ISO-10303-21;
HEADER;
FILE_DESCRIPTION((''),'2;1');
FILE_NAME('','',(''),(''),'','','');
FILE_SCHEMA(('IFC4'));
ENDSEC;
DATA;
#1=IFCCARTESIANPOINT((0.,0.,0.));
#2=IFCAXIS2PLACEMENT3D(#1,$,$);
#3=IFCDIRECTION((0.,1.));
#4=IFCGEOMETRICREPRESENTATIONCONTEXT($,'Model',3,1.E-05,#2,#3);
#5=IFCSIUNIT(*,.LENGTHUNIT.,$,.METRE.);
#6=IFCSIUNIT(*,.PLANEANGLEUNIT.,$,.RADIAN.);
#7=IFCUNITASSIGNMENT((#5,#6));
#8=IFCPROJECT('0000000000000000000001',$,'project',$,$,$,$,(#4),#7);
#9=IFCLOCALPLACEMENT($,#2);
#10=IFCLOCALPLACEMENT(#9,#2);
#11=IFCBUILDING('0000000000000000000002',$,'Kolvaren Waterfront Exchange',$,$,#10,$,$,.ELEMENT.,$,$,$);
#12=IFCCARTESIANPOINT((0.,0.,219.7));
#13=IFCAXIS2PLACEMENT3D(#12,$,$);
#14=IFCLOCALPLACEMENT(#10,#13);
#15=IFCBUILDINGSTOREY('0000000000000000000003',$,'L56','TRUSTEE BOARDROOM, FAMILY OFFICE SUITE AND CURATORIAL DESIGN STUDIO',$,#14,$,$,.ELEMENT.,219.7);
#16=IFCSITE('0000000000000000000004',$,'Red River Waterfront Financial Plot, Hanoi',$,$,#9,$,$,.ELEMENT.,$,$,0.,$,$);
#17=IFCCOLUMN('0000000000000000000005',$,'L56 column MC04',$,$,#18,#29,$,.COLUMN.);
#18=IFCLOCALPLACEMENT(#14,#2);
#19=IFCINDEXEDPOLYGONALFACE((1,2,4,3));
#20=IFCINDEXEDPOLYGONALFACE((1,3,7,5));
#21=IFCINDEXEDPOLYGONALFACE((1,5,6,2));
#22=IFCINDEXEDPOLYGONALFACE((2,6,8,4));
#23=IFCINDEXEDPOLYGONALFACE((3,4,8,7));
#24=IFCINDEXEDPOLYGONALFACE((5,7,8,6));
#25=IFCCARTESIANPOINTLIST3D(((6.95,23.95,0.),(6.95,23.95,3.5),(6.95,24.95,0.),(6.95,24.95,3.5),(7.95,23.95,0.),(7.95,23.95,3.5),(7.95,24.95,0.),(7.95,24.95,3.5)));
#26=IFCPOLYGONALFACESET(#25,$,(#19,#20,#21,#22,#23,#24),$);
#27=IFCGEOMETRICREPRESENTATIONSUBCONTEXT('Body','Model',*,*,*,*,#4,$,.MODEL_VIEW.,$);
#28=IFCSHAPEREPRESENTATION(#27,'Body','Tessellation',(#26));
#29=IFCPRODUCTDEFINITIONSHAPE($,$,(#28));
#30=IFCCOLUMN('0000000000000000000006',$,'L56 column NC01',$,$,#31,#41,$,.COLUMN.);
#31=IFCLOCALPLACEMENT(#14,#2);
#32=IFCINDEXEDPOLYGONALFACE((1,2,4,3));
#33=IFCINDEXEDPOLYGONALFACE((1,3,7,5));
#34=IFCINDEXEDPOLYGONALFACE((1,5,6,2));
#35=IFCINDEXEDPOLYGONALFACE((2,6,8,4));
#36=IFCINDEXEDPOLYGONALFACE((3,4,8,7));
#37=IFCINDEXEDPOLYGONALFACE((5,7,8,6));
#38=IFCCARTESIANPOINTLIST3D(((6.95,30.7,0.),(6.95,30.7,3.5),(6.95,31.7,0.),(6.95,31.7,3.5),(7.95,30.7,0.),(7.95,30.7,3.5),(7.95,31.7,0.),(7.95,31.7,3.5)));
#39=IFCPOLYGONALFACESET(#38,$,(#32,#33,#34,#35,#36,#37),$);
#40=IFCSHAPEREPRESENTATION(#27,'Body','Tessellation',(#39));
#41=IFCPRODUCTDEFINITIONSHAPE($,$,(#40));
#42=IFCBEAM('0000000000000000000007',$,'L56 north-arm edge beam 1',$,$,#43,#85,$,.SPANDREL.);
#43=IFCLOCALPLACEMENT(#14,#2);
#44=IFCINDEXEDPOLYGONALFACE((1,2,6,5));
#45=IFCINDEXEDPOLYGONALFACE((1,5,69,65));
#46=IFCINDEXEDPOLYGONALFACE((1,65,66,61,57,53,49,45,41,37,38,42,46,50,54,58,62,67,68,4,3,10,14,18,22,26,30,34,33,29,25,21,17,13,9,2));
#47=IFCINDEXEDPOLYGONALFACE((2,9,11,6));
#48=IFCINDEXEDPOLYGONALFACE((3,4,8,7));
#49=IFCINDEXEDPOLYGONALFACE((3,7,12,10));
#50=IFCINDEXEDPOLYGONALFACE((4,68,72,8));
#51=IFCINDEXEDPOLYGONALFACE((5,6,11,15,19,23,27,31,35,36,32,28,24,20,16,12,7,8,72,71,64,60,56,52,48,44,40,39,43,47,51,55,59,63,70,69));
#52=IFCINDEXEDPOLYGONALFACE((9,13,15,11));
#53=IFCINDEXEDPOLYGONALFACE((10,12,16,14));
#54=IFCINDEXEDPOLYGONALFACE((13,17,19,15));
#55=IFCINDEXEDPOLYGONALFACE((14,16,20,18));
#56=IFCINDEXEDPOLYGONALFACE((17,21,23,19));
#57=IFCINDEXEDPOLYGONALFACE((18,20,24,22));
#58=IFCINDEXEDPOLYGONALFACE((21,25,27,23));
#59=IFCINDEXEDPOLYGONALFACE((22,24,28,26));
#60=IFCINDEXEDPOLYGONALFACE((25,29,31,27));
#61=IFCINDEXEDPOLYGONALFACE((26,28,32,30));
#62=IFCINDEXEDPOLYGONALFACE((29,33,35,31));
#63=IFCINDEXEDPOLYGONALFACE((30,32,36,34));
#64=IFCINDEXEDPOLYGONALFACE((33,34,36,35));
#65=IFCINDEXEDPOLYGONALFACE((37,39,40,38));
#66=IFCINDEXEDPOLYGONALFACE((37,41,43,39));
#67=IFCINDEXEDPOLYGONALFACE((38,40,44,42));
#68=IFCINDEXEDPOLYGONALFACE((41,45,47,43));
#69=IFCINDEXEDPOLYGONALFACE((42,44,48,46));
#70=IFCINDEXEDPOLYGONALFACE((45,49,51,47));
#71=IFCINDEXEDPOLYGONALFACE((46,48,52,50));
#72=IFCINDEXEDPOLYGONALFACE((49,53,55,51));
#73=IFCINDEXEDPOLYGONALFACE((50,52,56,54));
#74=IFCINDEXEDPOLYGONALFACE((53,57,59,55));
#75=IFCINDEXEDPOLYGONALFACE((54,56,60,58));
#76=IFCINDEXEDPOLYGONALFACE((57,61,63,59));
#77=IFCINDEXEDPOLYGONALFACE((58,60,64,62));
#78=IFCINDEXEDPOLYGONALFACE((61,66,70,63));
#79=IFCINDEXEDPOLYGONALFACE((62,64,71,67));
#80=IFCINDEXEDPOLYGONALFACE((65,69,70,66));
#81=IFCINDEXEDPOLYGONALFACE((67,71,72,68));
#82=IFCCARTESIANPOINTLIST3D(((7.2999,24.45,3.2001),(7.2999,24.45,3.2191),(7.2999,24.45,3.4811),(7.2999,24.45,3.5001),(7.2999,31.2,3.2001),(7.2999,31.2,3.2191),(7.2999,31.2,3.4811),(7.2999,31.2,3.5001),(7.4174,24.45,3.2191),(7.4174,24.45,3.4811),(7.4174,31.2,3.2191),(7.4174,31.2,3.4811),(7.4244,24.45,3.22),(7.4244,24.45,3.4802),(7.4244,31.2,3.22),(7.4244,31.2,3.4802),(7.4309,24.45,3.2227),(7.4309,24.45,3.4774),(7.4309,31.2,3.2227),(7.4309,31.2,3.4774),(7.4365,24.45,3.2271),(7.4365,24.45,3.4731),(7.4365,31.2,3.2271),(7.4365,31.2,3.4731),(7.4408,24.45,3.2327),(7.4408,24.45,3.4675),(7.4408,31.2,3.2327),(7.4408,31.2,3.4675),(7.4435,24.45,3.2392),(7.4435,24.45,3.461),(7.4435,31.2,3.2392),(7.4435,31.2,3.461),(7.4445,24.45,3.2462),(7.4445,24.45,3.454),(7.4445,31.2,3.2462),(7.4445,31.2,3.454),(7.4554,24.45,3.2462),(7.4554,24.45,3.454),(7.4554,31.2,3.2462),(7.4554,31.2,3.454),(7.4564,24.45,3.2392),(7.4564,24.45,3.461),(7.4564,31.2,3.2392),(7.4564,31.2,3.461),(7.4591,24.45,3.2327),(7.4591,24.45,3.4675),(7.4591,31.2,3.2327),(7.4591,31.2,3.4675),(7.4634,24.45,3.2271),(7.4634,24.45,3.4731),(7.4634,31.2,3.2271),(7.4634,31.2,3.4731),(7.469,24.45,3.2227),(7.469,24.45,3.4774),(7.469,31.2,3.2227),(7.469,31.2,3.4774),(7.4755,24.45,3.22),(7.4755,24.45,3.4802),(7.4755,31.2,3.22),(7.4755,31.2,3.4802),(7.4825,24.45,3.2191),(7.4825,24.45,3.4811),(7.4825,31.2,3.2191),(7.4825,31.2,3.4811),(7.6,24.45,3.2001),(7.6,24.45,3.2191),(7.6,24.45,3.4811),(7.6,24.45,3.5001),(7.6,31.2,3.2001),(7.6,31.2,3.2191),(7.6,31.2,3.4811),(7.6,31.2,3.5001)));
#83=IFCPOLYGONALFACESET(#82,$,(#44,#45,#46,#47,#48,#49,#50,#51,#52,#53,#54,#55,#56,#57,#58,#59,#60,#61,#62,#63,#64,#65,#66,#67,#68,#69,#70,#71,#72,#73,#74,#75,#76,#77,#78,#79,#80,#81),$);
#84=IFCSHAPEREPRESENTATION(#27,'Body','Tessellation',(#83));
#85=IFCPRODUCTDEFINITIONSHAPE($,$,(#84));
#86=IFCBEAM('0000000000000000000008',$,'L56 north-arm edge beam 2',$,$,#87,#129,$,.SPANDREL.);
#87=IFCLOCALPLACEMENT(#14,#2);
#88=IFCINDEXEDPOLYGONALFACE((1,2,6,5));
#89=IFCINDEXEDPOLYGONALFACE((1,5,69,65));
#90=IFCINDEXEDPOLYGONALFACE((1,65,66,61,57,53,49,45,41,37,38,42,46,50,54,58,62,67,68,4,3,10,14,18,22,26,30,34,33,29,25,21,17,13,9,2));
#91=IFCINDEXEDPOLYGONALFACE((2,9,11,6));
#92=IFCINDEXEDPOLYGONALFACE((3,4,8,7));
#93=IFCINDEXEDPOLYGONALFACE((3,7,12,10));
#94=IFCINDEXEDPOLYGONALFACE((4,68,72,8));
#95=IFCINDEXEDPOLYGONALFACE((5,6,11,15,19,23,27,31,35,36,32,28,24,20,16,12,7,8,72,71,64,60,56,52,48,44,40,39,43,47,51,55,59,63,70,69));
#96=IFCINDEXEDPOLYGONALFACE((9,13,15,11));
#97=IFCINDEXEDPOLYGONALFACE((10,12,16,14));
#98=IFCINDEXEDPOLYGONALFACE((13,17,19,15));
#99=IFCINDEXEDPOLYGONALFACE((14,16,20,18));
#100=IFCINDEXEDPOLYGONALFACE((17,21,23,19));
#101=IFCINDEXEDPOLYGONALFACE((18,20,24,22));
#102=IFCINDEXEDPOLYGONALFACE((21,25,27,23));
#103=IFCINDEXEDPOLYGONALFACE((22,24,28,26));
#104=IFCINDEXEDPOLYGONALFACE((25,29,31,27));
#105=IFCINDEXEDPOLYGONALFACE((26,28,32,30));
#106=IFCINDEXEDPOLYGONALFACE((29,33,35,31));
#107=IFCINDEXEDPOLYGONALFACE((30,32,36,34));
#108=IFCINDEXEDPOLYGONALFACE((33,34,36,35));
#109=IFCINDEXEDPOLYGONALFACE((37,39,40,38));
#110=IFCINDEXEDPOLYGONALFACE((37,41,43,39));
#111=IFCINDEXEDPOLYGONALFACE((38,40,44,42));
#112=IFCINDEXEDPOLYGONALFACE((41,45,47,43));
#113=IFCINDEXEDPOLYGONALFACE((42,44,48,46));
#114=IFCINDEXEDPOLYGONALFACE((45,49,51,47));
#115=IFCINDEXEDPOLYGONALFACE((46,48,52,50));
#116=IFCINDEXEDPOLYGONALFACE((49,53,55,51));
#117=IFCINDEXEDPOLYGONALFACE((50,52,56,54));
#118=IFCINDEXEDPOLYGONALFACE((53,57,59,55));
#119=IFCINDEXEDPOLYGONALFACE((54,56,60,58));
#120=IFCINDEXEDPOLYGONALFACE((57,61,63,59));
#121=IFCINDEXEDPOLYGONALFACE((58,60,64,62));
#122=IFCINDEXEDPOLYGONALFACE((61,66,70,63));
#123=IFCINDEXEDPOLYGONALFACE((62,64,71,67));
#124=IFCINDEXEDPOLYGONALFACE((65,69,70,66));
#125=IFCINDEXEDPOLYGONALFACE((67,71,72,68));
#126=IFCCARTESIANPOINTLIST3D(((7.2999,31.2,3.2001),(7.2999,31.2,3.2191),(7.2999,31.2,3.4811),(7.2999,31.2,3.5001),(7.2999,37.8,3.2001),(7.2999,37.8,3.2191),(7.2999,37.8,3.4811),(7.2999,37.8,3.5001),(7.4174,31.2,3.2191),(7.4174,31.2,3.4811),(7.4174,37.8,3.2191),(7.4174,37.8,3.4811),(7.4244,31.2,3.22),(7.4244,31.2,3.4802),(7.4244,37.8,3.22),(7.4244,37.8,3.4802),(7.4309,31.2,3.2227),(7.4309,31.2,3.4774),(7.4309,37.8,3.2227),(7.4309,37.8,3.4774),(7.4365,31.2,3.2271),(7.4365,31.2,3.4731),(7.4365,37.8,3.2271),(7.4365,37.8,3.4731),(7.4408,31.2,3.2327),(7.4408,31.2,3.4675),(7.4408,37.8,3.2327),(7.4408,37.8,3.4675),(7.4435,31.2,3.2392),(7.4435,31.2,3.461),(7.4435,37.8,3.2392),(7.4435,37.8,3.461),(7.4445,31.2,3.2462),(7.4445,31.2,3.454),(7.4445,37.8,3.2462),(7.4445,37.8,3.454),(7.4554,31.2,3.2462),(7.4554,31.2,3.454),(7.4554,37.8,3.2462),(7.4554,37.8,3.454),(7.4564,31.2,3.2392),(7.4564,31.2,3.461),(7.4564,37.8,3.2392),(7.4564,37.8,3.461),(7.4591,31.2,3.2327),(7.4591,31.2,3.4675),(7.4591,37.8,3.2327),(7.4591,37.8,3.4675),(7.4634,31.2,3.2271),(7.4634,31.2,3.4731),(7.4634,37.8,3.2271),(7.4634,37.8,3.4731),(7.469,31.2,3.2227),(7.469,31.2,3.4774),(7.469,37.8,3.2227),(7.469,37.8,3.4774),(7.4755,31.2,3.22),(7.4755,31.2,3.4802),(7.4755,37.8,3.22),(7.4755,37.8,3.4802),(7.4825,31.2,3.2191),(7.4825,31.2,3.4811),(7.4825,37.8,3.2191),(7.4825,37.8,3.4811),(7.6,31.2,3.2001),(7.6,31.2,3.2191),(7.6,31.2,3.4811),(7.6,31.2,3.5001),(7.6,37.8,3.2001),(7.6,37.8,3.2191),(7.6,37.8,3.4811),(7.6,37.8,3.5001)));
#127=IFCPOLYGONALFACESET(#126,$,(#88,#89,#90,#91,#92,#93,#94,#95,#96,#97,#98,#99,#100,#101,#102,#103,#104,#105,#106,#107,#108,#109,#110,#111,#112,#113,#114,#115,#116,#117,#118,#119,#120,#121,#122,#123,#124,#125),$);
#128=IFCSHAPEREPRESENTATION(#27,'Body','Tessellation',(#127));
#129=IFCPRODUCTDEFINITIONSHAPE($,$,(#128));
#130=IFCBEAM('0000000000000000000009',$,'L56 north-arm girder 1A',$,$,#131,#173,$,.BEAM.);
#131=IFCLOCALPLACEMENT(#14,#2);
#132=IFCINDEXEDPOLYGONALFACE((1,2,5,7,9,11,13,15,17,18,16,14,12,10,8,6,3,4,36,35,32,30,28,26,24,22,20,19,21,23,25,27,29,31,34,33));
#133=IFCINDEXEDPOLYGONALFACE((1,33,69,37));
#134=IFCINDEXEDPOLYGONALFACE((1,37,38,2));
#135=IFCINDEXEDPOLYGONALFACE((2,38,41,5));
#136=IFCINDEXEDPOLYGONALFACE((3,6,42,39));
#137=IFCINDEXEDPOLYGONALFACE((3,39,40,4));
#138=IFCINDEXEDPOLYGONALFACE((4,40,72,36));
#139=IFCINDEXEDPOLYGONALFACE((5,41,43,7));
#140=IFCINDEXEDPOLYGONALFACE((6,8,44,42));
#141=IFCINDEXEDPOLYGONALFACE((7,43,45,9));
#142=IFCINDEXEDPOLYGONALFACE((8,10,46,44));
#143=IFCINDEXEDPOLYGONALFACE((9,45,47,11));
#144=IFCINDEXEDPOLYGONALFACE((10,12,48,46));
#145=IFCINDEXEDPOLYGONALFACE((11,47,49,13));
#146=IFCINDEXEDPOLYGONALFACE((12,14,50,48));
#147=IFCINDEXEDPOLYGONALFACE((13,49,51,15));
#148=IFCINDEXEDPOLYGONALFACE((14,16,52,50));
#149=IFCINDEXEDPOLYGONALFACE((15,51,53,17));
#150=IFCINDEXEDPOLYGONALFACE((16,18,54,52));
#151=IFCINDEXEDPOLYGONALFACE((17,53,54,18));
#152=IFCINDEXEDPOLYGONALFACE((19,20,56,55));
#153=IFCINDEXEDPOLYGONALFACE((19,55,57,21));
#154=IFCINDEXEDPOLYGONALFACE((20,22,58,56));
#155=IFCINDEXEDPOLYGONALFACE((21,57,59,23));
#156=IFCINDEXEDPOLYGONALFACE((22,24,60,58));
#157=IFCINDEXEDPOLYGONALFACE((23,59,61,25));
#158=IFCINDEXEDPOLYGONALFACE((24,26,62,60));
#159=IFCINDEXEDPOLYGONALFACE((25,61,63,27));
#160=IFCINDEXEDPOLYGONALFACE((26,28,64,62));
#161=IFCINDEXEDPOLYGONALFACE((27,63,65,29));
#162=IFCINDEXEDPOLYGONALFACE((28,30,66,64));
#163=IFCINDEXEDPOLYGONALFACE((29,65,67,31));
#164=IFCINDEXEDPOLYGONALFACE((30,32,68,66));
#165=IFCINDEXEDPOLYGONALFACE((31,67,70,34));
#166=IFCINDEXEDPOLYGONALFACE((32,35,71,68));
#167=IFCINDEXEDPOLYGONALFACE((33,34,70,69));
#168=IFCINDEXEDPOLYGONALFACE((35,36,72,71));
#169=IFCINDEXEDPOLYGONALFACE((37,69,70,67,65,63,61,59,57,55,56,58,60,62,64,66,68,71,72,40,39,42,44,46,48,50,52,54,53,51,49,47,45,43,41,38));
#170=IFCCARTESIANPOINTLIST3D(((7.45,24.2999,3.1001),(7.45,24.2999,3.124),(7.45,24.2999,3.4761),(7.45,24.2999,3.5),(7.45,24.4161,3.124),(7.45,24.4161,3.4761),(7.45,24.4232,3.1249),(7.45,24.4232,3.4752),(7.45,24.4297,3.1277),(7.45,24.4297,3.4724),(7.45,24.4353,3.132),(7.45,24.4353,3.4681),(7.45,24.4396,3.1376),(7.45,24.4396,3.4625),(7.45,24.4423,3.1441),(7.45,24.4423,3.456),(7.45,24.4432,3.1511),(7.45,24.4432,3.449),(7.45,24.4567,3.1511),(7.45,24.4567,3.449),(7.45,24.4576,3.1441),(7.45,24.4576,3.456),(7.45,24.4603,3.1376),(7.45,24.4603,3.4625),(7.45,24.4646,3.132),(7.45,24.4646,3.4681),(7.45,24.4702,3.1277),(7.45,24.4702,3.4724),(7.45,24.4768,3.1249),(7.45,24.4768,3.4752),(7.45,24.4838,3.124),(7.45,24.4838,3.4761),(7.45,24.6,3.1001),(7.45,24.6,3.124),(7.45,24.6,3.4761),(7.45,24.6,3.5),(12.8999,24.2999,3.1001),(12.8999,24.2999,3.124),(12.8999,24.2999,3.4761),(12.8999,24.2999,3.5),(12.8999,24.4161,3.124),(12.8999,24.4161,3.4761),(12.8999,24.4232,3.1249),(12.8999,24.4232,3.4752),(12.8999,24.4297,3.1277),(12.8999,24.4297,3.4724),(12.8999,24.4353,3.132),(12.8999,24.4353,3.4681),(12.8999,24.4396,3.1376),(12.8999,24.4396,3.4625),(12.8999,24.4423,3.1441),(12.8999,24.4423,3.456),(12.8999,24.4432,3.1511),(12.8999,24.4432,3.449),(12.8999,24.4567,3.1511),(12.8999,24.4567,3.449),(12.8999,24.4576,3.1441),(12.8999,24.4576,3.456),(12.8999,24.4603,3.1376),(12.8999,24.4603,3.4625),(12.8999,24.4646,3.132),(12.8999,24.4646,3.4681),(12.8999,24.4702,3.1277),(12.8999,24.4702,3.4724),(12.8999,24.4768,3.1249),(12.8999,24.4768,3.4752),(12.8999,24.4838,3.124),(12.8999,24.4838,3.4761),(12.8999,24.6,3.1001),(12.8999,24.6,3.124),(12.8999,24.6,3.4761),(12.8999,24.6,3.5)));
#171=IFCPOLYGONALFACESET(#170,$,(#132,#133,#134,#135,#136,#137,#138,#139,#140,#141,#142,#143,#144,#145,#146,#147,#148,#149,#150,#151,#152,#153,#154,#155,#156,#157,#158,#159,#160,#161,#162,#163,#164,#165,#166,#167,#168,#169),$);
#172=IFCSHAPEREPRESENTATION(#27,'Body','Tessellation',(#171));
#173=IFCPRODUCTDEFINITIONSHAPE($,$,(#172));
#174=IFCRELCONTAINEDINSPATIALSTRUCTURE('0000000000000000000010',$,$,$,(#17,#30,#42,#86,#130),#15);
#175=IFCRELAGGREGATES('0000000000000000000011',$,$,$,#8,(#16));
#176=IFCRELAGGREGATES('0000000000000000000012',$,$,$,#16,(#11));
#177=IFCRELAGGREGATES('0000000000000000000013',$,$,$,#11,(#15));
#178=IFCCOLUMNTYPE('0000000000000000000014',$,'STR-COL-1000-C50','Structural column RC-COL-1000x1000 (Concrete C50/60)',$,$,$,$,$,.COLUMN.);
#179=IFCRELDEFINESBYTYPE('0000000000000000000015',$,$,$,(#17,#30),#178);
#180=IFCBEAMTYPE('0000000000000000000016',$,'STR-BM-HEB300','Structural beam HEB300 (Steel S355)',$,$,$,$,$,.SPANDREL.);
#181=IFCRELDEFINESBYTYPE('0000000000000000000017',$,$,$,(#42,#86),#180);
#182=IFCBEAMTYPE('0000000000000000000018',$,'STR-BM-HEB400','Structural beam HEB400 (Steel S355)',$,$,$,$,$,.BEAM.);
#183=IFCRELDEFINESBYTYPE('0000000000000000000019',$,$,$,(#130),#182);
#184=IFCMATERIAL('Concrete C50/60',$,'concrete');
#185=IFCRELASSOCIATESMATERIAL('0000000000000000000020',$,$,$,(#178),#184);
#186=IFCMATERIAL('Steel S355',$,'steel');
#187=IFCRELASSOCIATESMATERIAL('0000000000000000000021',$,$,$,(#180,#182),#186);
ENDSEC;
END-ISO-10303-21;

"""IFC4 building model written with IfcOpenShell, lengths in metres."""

from ifc_helpers import new_model, si_unit, direction, frame, origin, origin_2d, place, context, subcontext, project, spatial, rectangle, i_section, extrude, material, material_profile, profile_set, type_object, element, save


model = new_model("IFC4")

# Units and contexts
model_context = context("Model", 3, precision=1e-05, world=origin(), true_north=direction((0.0, 1.0)))
body_context = subcontext(model_context, "Body", "Model", "MODEL_VIEW")
ifc_project = project(units=[si_unit("LENGTHUNIT", "METRE"), si_unit("PLANEANGLEUNIT", "RADIAN")], contexts=[model_context])

# Site, building, storey
site_placement = place(None, origin())
site = spatial("IfcSite", under=ifc_project, at=site_placement, Name="Red River Waterfront Financial Plot, Hanoi", CompositionType="ELEMENT", RefElevation=0.0)
building_placement = place(site_placement, origin())
building = spatial("IfcBuilding", under=site, at=building_placement, Name="Kolvaren Waterfront Exchange", CompositionType="ELEMENT")
storey_placement = place(building_placement, frame((0.0, 0.0, 219.7)))
storey = spatial("IfcBuildingStorey", under=building, at=storey_placement, Name="L56", Description="TRUSTEE BOARDROOM, FAMILY OFFICE SUITE AND CURATORIAL DESIGN STUDIO", CompositionType="ELEMENT", Elevation=219.7)

# Columns
ifc_material_1 = material(Name="Concrete C50/60", Category="concrete")
ifc_material_profile_1 = material_profile(ifc_material_1, rectangle(XDim=1.0, YDim=1.0, at=origin_2d()), Name="RC-COL-1000x1000")
ifc_profile_set_1 = profile_set([ifc_material_profile_1], Name="Concrete C50/60")
column_type = type_object("IfcColumnType", Name="STR-COL-1000-C50", Description="Structural column RC-COL-1000x1000 (Concrete C50/60)", PredefinedType="COLUMN", material=ifc_profile_set_1)
for number, where, z_axis, x_axis, name in (
    (1, (7.45, 24.45, 0.0), (0.0, 0.0, 1.0), (1.0, 0.0, 0.0), "L56 column MC04"),
    (2, (7.45, 31.2, 0.0), (0.0, 0.0, 1.0), (1.0, 0.0, 0.0), "L56 column NC01"),
):
    element("IfcColumn", number, at=place(storey_placement, frame(where, z_axis=z_axis, x_axis=x_axis)), inside=storey, type_object=column_type, Name=name, PredefinedType="COLUMN", context=body_context, shape_type="SweptSolid", body=[
        extrude(rectangle(XDim=1.0, YDim=1.0, at=origin_2d()), origin(), (0.0, 0.0, 1.0), 3.5),
    ])

# Beams
ifc_material_2 = material(Name="Steel S355", Category="steel")
ifc_material_profile_2 = material_profile(ifc_material_2, i_section(OverallWidth=0.3, OverallDepth=0.3, WebThickness=0.011, FlangeThickness=0.019, FilletRadius=0.0271, at=origin_2d()), Name="HEB300")
ifc_profile_set_2 = profile_set([ifc_material_profile_2], Name="Steel S355")
beam_type_1 = type_object("IfcBeamType", Name="STR-BM-HEB300", Description="Structural beam HEB300 (Steel S355)", PredefinedType="SPANDREL", material=ifc_profile_set_2)
beam_1_placement = place(storey_placement, frame((7.45, 24.45, 3.3501), z_axis=(0.0, 1.0, 0.0), x_axis=(-1.0, 0.0, 0.0)))
element("IfcBeam", 3, at=beam_1_placement, inside=storey, type_object=beam_type_1, Name="L56 north-arm edge beam 1", PredefinedType="SPANDREL", context=body_context, shape_type="SweptSolid", body=[
    extrude(i_section(OverallWidth=0.3, OverallDepth=0.3, WebThickness=0.011, FlangeThickness=0.019, FilletRadius=0.0271, at=origin_2d()), origin(), (0.0, 0.0, 1.0), 6.75),
])
beam_2_placement = place(storey_placement, frame((7.45, 31.2, 3.3501), z_axis=(0.0, 1.0, 0.0), x_axis=(-1.0, 0.0, 0.0)))
element("IfcBeam", 4, at=beam_2_placement, inside=storey, type_object=beam_type_1, Name="L56 north-arm edge beam 2", PredefinedType="SPANDREL", context=body_context, shape_type="SweptSolid", body=[
    extrude(i_section(OverallWidth=0.3, OverallDepth=0.3, WebThickness=0.011, FlangeThickness=0.019, FilletRadius=0.0271, at=origin_2d()), origin(), (0.0, 0.0, 1.0), 6.6001),
])
ifc_material_profile_3 = material_profile(ifc_material_2, i_section(OverallWidth=0.3, OverallDepth=0.3999, WebThickness=0.0134, FlangeThickness=0.0239, FilletRadius=0.0271, at=origin_2d()), Name="HEB400")
ifc_profile_set_3 = profile_set([ifc_material_profile_3], Name="Steel S355")
beam_type_2 = type_object("IfcBeamType", Name="STR-BM-HEB400", Description="Structural beam HEB400 (Steel S355)", PredefinedType="BEAM", material=ifc_profile_set_3)
for number, where, z_axis, x_axis, name in (
    (5, (7.45, 24.45, 3.3), (1.0, 0.0, 0.0), (0.0, 1.0, 0.0), "L56 north-arm girder 1A"),
):
    element("IfcBeam", number, at=place(storey_placement, frame(where, z_axis=z_axis, x_axis=x_axis)), inside=storey, type_object=beam_type_2, Name=name, PredefinedType="BEAM", context=body_context, shape_type="SweptSolid", body=[
        extrude(i_section(OverallWidth=0.3, OverallDepth=0.3999, WebThickness=0.0134, FlangeThickness=0.0239, FilletRadius=0.0271, at=origin_2d()), origin(), (0.0, 0.0, 1.0), 5.45),
    ])

save(model, "model.ifc")
